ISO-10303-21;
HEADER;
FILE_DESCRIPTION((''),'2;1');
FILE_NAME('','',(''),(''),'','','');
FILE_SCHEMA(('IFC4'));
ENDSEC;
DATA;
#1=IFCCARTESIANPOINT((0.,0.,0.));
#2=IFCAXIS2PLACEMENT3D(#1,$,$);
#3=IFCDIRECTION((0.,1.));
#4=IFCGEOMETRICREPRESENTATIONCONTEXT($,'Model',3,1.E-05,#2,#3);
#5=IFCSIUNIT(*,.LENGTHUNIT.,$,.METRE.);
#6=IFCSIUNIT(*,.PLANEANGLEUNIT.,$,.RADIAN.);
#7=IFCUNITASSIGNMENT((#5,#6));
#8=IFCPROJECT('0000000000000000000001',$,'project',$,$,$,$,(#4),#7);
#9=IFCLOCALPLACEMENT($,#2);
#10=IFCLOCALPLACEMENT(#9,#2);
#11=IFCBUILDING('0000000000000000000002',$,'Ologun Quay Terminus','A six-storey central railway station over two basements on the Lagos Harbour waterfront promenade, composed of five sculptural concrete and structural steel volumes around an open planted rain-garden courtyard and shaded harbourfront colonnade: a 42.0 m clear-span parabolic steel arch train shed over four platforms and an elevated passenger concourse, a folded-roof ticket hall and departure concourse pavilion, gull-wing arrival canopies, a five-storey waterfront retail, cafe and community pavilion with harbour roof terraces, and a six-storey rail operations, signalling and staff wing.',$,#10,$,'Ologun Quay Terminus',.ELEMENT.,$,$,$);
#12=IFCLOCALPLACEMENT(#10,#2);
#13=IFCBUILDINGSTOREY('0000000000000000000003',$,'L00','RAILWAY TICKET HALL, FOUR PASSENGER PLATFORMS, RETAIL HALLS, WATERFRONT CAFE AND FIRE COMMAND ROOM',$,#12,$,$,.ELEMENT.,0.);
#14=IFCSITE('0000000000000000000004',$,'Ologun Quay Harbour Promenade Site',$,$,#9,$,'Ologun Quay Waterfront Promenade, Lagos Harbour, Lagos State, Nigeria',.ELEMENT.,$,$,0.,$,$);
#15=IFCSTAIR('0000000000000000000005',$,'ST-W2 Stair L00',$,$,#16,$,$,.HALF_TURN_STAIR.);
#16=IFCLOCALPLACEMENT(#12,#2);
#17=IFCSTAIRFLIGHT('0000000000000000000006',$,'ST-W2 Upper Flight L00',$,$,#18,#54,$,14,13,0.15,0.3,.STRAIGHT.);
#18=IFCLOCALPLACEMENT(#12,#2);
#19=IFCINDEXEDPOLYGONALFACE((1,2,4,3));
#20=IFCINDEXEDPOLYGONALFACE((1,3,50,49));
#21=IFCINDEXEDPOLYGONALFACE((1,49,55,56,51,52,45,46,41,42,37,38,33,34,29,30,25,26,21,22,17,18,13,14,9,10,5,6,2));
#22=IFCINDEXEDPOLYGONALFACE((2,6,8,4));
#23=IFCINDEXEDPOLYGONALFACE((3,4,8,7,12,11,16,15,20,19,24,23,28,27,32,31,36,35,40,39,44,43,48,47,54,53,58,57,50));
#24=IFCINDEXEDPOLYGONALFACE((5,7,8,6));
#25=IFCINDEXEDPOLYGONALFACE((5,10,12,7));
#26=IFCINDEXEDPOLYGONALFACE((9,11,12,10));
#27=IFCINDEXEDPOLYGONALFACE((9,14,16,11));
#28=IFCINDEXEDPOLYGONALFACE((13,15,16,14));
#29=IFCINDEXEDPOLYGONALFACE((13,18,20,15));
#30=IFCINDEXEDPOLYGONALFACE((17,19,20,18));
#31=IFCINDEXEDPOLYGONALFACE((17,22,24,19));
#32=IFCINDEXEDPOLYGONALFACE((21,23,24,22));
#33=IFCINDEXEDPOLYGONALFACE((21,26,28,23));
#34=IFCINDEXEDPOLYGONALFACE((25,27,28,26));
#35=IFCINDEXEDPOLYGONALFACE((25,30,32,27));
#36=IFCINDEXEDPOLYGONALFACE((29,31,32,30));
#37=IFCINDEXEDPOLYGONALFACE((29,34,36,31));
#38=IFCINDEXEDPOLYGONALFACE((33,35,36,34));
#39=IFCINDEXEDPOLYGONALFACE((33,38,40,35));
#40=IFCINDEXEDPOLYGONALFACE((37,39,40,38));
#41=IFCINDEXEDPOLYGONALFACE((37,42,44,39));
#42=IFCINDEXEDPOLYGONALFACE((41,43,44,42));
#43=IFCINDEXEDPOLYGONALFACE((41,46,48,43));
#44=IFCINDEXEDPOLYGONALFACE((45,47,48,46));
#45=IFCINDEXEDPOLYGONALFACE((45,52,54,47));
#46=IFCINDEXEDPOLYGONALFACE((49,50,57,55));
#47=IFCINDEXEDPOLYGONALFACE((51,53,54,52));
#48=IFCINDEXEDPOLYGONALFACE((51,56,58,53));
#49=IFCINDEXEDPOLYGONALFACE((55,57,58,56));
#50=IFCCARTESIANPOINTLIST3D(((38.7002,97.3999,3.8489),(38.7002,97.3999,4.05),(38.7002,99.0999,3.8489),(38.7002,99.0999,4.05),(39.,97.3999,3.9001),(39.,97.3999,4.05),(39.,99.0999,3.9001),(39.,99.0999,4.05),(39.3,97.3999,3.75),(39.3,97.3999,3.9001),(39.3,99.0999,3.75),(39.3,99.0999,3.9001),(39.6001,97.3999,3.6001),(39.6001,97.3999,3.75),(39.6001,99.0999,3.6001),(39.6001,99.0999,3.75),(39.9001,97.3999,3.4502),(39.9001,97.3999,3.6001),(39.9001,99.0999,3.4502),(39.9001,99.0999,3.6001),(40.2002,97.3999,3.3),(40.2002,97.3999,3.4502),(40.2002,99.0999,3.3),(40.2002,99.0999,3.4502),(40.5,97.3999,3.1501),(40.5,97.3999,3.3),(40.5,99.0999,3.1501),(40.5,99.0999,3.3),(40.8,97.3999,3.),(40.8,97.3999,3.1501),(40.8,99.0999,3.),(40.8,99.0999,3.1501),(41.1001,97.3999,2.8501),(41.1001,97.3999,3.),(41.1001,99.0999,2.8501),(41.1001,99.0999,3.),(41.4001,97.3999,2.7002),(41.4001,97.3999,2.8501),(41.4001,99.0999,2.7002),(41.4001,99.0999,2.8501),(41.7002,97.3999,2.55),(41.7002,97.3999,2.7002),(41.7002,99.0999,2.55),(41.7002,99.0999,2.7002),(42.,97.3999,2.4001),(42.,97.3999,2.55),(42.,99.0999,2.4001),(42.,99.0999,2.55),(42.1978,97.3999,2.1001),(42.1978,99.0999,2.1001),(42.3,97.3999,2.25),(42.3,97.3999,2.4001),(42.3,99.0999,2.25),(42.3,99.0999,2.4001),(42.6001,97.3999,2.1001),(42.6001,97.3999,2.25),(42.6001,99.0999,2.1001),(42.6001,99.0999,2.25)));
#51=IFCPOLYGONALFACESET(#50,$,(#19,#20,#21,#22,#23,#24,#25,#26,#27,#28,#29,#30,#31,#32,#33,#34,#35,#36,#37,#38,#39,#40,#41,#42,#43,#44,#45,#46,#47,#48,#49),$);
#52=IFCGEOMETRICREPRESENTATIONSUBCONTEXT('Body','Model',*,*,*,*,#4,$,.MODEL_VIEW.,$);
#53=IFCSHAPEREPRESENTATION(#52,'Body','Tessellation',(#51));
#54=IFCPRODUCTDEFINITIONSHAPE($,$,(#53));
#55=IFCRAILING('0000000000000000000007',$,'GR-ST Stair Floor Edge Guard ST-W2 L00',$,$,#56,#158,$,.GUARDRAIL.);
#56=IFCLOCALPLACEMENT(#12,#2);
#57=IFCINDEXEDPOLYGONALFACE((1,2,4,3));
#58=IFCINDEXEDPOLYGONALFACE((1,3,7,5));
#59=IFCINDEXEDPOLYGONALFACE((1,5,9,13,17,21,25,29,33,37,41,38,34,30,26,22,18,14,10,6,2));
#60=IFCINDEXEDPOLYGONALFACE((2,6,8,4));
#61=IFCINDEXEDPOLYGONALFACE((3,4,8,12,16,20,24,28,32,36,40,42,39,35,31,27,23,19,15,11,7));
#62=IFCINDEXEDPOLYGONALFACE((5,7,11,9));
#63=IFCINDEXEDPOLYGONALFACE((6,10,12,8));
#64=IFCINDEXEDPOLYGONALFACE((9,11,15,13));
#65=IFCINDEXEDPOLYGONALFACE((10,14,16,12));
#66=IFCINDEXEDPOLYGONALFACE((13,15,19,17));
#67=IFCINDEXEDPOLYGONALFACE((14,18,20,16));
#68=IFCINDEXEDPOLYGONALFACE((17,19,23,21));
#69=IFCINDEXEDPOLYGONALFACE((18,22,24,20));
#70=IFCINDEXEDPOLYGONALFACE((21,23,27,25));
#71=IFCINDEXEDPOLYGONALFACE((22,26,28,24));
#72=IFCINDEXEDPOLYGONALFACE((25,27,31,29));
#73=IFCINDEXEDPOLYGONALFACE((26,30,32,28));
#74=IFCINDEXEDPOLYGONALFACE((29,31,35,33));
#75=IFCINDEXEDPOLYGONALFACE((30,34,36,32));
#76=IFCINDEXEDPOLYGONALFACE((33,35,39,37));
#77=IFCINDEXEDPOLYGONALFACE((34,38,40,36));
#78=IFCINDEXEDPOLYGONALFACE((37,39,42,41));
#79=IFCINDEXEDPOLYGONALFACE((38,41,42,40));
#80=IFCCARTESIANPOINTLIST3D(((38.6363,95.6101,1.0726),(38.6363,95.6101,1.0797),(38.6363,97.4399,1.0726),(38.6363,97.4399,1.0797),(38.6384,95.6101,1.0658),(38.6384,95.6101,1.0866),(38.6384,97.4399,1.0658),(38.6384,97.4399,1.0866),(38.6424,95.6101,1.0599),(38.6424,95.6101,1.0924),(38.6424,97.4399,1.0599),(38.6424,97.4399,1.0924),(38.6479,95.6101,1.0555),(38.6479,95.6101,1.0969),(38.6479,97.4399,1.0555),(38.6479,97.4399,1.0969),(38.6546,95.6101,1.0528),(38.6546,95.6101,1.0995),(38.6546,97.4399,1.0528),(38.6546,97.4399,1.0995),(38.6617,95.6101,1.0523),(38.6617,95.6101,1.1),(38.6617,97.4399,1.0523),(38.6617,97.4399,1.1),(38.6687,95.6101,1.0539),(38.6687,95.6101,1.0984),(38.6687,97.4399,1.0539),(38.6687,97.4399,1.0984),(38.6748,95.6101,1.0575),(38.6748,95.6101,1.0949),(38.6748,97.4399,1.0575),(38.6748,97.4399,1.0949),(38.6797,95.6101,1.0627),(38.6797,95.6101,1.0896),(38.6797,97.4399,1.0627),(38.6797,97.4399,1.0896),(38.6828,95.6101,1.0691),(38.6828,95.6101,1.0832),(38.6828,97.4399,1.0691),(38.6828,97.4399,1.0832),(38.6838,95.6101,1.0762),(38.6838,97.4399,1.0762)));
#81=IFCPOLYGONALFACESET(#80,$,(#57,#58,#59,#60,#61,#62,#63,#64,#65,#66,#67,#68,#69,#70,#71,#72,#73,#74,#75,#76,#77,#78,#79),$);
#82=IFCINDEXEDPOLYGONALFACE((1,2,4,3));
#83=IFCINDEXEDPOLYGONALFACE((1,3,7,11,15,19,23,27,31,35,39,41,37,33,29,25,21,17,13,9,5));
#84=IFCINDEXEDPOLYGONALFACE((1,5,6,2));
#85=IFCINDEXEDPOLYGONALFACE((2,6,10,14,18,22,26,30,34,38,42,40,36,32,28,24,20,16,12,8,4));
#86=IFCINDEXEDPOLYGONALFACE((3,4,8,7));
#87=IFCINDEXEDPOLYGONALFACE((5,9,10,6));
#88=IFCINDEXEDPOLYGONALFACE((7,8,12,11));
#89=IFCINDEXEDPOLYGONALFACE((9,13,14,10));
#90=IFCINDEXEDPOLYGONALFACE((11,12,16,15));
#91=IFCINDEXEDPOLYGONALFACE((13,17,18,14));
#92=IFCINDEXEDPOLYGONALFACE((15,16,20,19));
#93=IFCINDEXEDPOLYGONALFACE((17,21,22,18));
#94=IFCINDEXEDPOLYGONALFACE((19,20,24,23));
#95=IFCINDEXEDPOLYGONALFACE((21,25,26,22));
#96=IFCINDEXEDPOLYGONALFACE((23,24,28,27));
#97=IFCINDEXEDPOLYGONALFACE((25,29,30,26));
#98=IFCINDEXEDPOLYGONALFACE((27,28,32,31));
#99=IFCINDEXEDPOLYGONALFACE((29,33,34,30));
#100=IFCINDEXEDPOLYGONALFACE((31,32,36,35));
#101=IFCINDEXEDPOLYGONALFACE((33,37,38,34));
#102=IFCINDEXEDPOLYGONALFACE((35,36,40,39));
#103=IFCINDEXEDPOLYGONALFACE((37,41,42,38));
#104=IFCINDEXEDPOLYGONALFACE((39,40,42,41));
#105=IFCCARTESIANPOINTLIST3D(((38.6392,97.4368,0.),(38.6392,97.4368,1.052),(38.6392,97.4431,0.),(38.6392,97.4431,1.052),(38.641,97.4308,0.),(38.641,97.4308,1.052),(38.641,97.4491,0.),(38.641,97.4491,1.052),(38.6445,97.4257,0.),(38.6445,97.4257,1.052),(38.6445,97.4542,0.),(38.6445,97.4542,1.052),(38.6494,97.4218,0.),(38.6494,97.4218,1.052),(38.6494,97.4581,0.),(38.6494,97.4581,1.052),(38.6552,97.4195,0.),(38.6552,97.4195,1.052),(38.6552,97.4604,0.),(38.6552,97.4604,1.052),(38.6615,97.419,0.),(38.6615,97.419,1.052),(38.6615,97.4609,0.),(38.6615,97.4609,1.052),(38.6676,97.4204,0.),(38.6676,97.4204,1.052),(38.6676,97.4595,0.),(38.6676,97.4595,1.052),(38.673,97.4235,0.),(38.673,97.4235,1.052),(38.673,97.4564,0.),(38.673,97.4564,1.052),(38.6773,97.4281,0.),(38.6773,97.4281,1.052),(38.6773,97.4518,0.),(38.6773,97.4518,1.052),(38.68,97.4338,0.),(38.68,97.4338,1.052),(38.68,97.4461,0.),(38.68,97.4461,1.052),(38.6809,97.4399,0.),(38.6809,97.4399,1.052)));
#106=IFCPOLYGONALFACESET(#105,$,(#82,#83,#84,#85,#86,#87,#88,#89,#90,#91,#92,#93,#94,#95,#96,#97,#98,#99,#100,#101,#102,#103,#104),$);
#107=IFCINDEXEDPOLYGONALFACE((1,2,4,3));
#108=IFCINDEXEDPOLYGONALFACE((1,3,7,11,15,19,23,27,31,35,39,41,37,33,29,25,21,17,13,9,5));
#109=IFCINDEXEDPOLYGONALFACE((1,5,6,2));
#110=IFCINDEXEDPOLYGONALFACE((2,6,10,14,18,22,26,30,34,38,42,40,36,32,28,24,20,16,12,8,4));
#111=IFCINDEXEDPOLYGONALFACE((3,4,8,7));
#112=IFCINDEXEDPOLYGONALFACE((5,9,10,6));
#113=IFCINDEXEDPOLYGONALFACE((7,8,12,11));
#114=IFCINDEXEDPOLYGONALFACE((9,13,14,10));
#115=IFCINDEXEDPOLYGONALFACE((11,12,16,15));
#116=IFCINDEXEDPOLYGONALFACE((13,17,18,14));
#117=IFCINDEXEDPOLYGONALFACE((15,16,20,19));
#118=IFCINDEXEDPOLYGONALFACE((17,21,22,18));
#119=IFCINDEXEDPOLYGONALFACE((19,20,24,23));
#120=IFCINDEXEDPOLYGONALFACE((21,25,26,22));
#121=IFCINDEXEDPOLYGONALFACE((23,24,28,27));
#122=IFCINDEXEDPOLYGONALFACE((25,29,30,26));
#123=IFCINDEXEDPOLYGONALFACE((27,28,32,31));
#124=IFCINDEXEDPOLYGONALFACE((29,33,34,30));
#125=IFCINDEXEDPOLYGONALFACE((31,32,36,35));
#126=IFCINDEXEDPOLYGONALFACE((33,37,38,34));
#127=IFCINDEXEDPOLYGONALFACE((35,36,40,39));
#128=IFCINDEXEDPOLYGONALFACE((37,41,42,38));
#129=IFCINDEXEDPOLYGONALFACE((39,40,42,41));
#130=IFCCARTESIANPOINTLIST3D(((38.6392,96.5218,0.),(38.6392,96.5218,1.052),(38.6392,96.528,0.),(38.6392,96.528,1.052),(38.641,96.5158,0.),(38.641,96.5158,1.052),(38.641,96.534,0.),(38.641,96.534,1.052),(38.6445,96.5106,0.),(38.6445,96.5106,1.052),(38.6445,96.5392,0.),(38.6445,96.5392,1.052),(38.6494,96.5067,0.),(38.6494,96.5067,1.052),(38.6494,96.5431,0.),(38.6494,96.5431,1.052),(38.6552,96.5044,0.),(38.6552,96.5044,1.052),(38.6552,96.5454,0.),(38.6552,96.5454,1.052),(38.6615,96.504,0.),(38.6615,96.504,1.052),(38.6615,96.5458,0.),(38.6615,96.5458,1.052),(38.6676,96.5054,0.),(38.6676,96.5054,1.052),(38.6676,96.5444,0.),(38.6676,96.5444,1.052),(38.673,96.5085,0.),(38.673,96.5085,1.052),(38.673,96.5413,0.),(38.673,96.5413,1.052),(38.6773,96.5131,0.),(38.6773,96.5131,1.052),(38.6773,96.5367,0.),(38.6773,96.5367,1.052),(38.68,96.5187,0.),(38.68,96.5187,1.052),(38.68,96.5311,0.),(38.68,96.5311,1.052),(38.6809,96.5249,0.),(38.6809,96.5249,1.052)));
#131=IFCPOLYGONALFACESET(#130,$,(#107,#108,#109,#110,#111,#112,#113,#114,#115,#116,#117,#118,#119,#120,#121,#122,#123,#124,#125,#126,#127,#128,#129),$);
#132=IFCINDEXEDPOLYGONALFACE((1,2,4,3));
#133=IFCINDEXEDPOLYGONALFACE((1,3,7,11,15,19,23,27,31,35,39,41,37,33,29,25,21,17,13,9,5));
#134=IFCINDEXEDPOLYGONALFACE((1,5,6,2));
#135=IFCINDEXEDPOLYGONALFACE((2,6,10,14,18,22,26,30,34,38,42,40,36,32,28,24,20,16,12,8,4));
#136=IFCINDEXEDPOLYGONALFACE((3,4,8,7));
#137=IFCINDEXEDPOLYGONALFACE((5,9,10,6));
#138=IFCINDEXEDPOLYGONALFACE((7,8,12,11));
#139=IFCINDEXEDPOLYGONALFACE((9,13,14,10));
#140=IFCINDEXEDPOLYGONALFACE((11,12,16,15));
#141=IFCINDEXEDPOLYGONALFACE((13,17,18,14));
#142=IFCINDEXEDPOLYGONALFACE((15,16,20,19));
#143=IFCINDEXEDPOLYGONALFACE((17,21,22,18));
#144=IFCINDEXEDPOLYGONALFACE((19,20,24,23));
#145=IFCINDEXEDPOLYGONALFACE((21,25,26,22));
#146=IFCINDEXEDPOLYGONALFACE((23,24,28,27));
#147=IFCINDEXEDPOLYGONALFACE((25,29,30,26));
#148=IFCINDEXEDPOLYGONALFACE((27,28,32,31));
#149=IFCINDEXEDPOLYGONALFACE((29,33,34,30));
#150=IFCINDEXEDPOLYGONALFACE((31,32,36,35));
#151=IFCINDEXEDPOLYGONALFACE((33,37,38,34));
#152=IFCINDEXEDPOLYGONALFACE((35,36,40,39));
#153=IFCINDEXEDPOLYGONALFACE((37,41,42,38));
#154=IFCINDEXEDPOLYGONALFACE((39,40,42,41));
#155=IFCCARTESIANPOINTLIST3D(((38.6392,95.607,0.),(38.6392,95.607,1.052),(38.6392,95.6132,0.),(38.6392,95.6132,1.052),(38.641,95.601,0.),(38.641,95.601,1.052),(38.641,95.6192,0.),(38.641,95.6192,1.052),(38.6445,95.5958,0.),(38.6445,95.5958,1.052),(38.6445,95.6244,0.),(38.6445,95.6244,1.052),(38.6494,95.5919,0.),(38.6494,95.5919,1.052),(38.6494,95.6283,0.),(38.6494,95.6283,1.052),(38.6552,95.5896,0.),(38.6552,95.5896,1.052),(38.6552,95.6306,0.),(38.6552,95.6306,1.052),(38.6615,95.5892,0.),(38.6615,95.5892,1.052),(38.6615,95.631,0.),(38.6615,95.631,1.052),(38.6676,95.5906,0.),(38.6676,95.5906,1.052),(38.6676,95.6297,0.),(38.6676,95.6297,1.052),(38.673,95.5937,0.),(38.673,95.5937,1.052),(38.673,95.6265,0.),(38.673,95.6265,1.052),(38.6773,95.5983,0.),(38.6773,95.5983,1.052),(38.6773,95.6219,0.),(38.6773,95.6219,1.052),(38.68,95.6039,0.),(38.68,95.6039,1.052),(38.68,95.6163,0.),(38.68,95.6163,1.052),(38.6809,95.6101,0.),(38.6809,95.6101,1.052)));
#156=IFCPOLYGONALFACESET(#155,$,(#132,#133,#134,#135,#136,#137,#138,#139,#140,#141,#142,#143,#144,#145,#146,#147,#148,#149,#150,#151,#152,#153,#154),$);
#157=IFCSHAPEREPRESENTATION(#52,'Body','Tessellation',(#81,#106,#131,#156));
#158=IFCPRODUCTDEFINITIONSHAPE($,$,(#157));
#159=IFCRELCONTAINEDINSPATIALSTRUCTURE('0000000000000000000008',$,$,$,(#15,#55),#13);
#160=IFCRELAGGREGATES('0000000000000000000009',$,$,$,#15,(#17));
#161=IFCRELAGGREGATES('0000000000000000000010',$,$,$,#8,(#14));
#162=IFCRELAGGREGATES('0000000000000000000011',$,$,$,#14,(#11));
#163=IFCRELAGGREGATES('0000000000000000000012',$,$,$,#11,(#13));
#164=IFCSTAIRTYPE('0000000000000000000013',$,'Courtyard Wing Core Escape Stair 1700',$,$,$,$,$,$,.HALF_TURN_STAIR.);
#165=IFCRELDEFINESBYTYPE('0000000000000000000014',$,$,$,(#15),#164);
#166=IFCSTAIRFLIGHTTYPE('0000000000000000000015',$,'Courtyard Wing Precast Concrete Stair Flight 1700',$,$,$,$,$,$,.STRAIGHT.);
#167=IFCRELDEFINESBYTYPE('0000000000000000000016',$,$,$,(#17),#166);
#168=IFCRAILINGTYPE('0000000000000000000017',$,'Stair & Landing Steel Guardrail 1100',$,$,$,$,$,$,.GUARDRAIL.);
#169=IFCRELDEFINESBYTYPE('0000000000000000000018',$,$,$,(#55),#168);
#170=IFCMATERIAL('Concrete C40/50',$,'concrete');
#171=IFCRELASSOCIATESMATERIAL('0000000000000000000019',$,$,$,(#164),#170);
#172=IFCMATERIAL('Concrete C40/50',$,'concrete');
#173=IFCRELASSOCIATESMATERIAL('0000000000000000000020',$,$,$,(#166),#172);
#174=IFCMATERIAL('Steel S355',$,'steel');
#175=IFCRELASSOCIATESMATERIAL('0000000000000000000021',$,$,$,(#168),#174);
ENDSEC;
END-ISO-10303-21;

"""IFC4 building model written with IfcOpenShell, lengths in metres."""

from ifc_helpers import new_model, si_unit, direction, frame, origin, origin_2d, place, context, subcontext, project, spatial, polyline, circle, outline, extrude, material, type_object, element, aggregate, save


model = new_model("IFC4")

# Units and contexts
model_context = context("Model", 3, precision=1e-05, world=origin(), true_north=direction((0.0, 1.0)))
body_context = subcontext(model_context, "Body", "Model", "MODEL_VIEW")
ifc_project = project(units=[si_unit("LENGTHUNIT", "METRE"), si_unit("PLANEANGLEUNIT", "RADIAN")], contexts=[model_context])

# Site, building, storey
site_placement = place(None, origin())
site = spatial("IfcSite", under=ifc_project, at=site_placement, Name="Ologun Quay Harbour Promenade Site", LongName="Ologun Quay Waterfront Promenade, Lagos Harbour, Lagos State, Nigeria", CompositionType="ELEMENT", RefElevation=0.0)
building_placement = place(site_placement, origin())
building = spatial("IfcBuilding", under=site, at=building_placement, Name="Ologun Quay Terminus", Description="A six-storey central railway station over two basements on the Lagos Harbour waterfront promenade, composed of five sculptural concrete and structural steel volumes around an open planted rain-garden courtyard and shaded harbourfront colonnade: a 42.0 m clear-span parabolic steel arch train shed over four platforms and an elevated passenger concourse, a folded-roof ticket hall and departure concourse pavilion, gull-wing arrival canopies, a five-storey waterfront retail, cafe and community pavilion with harbour roof terraces, and a six-storey rail operations, signalling and staff wing.", LongName="Ologun Quay Terminus", CompositionType="ELEMENT")
storey_placement = place(building_placement, origin())
storey = spatial("IfcBuildingStorey", under=building, at=storey_placement, Name="L00", Description="RAILWAY TICKET HALL, FOUR PASSENGER PLATFORMS, RETAIL HALLS, WATERFRONT CAFE AND FIRE COMMAND ROOM", CompositionType="ELEMENT", Elevation=0.0)

# Stair, stair flight
ifc_material_1 = material(Name="Concrete C40/50", Category="concrete")
stair_type = type_object("IfcStairType", Name="Courtyard Wing Core Escape Stair 1700", PredefinedType="HALF_TURN_STAIR", material=ifc_material_1)
stair_placement = place(storey_placement, origin())
stair = element("IfcStair", 1, at=stair_placement, inside=storey, type_object=stair_type, Name="ST-W2 Stair L00", PredefinedType="HALF_TURN_STAIR")
ifc_material_2 = material(Name="Concrete C40/50", Category="concrete")
stair_flight_type = type_object("IfcStairFlightType", Name="Courtyard Wing Precast Concrete Stair Flight 1700", PredefinedType="STRAIGHT", material=ifc_material_2)
stair_flight_1_placement = place(storey_placement, frame((42.6001, 98.25, 2.1001), z_axis=(0.0, 0.0, 1.0), x_axis=(-1.0, 0.0, 0.0)))
stair_flight_1 = element("IfcStairFlight", 2, at=stair_flight_1_placement, type_object=stair_flight_type, Name="ST-W2 Upper Flight L00", NumberOfRisers=14, NumberOfTreads=13, PredefinedType="STRAIGHT", RiserHeight=0.15, TreadLength=0.3, context=body_context, shape_type="SweptSolid", body=[
    extrude(outline(polyline([(0.0, 0.0), (0.0, 0.1499), (0.3, 0.1499), (0.3, 0.3), (0.6001, 0.3), (0.6001, 0.45), (0.8999, 0.45), (0.8999, 0.6001), (1.2, 0.6001), (1.2, 0.75), (1.5, 0.75), (1.5, 0.8999), (1.8, 0.8999), (1.8, 1.05), (2.1001, 1.05), (2.1001, 1.2), (2.3999, 1.2), (2.3999, 1.3501), (2.7, 1.3501), (2.7, 1.5), (3.0, 1.5), (3.0, 1.6499), (3.3, 1.6499), (3.3, 1.8), (3.6001, 1.8), (3.6001, 1.95), (3.8999, 1.95), (3.8999, 2.1001), (3.8999, 1.7488), (0.4023, 0.0), (0.0, 0.0)])), frame((0.0, 0.8501, 0.0), z_axis=(0.0, -1.0, 0.0), x_axis=(1.0, 0.0, 0.0)), (0.0, 0.0, 1.0), 1.7),
])
aggregate(stair, [stair_flight_1])

# Railing
ifc_material_3 = material(Name="Steel S355", Category="steel")
railing_type_1 = type_object("IfcRailingType", Name="Stair & Landing Steel Guardrail 1100", PredefinedType="GUARDRAIL", material=ifc_material_3)
railing_1_placement = place(storey_placement, frame((38.6599, 97.4399, 0.0)))
element("IfcRailing", 3, at=railing_1_placement, inside=storey, type_object=railing_type_1, Name="GR-ST Stair Floor Edge Guard ST-W2 L00", PredefinedType="GUARDRAIL", context=body_context, shape_type="SweptSolid", body=[
    extrude(circle(Radius=0.0239, at=origin_2d()), frame((0.0, 0.0, 1.0762), z_axis=(0.0, -1.0, 0.0), x_axis=(1.0, 0.0, 0.0)), (0.0, 0.0, 1.0), 1.8298),
    extrude(circle(Radius=0.021, at=origin_2d()), origin(), (0.0, 0.0, 1.0), 1.052),
    extrude(circle(Radius=0.021, at=origin_2d()), frame((0.0, -0.915, 0.0)), (0.0, 0.0, 1.0), 1.052),
    extrude(circle(Radius=0.021, at=origin_2d()), frame((0.0, -1.8298, 0.0)), (0.0, 0.0, 1.0), 1.052),
])

save(model, "model.ifc")
